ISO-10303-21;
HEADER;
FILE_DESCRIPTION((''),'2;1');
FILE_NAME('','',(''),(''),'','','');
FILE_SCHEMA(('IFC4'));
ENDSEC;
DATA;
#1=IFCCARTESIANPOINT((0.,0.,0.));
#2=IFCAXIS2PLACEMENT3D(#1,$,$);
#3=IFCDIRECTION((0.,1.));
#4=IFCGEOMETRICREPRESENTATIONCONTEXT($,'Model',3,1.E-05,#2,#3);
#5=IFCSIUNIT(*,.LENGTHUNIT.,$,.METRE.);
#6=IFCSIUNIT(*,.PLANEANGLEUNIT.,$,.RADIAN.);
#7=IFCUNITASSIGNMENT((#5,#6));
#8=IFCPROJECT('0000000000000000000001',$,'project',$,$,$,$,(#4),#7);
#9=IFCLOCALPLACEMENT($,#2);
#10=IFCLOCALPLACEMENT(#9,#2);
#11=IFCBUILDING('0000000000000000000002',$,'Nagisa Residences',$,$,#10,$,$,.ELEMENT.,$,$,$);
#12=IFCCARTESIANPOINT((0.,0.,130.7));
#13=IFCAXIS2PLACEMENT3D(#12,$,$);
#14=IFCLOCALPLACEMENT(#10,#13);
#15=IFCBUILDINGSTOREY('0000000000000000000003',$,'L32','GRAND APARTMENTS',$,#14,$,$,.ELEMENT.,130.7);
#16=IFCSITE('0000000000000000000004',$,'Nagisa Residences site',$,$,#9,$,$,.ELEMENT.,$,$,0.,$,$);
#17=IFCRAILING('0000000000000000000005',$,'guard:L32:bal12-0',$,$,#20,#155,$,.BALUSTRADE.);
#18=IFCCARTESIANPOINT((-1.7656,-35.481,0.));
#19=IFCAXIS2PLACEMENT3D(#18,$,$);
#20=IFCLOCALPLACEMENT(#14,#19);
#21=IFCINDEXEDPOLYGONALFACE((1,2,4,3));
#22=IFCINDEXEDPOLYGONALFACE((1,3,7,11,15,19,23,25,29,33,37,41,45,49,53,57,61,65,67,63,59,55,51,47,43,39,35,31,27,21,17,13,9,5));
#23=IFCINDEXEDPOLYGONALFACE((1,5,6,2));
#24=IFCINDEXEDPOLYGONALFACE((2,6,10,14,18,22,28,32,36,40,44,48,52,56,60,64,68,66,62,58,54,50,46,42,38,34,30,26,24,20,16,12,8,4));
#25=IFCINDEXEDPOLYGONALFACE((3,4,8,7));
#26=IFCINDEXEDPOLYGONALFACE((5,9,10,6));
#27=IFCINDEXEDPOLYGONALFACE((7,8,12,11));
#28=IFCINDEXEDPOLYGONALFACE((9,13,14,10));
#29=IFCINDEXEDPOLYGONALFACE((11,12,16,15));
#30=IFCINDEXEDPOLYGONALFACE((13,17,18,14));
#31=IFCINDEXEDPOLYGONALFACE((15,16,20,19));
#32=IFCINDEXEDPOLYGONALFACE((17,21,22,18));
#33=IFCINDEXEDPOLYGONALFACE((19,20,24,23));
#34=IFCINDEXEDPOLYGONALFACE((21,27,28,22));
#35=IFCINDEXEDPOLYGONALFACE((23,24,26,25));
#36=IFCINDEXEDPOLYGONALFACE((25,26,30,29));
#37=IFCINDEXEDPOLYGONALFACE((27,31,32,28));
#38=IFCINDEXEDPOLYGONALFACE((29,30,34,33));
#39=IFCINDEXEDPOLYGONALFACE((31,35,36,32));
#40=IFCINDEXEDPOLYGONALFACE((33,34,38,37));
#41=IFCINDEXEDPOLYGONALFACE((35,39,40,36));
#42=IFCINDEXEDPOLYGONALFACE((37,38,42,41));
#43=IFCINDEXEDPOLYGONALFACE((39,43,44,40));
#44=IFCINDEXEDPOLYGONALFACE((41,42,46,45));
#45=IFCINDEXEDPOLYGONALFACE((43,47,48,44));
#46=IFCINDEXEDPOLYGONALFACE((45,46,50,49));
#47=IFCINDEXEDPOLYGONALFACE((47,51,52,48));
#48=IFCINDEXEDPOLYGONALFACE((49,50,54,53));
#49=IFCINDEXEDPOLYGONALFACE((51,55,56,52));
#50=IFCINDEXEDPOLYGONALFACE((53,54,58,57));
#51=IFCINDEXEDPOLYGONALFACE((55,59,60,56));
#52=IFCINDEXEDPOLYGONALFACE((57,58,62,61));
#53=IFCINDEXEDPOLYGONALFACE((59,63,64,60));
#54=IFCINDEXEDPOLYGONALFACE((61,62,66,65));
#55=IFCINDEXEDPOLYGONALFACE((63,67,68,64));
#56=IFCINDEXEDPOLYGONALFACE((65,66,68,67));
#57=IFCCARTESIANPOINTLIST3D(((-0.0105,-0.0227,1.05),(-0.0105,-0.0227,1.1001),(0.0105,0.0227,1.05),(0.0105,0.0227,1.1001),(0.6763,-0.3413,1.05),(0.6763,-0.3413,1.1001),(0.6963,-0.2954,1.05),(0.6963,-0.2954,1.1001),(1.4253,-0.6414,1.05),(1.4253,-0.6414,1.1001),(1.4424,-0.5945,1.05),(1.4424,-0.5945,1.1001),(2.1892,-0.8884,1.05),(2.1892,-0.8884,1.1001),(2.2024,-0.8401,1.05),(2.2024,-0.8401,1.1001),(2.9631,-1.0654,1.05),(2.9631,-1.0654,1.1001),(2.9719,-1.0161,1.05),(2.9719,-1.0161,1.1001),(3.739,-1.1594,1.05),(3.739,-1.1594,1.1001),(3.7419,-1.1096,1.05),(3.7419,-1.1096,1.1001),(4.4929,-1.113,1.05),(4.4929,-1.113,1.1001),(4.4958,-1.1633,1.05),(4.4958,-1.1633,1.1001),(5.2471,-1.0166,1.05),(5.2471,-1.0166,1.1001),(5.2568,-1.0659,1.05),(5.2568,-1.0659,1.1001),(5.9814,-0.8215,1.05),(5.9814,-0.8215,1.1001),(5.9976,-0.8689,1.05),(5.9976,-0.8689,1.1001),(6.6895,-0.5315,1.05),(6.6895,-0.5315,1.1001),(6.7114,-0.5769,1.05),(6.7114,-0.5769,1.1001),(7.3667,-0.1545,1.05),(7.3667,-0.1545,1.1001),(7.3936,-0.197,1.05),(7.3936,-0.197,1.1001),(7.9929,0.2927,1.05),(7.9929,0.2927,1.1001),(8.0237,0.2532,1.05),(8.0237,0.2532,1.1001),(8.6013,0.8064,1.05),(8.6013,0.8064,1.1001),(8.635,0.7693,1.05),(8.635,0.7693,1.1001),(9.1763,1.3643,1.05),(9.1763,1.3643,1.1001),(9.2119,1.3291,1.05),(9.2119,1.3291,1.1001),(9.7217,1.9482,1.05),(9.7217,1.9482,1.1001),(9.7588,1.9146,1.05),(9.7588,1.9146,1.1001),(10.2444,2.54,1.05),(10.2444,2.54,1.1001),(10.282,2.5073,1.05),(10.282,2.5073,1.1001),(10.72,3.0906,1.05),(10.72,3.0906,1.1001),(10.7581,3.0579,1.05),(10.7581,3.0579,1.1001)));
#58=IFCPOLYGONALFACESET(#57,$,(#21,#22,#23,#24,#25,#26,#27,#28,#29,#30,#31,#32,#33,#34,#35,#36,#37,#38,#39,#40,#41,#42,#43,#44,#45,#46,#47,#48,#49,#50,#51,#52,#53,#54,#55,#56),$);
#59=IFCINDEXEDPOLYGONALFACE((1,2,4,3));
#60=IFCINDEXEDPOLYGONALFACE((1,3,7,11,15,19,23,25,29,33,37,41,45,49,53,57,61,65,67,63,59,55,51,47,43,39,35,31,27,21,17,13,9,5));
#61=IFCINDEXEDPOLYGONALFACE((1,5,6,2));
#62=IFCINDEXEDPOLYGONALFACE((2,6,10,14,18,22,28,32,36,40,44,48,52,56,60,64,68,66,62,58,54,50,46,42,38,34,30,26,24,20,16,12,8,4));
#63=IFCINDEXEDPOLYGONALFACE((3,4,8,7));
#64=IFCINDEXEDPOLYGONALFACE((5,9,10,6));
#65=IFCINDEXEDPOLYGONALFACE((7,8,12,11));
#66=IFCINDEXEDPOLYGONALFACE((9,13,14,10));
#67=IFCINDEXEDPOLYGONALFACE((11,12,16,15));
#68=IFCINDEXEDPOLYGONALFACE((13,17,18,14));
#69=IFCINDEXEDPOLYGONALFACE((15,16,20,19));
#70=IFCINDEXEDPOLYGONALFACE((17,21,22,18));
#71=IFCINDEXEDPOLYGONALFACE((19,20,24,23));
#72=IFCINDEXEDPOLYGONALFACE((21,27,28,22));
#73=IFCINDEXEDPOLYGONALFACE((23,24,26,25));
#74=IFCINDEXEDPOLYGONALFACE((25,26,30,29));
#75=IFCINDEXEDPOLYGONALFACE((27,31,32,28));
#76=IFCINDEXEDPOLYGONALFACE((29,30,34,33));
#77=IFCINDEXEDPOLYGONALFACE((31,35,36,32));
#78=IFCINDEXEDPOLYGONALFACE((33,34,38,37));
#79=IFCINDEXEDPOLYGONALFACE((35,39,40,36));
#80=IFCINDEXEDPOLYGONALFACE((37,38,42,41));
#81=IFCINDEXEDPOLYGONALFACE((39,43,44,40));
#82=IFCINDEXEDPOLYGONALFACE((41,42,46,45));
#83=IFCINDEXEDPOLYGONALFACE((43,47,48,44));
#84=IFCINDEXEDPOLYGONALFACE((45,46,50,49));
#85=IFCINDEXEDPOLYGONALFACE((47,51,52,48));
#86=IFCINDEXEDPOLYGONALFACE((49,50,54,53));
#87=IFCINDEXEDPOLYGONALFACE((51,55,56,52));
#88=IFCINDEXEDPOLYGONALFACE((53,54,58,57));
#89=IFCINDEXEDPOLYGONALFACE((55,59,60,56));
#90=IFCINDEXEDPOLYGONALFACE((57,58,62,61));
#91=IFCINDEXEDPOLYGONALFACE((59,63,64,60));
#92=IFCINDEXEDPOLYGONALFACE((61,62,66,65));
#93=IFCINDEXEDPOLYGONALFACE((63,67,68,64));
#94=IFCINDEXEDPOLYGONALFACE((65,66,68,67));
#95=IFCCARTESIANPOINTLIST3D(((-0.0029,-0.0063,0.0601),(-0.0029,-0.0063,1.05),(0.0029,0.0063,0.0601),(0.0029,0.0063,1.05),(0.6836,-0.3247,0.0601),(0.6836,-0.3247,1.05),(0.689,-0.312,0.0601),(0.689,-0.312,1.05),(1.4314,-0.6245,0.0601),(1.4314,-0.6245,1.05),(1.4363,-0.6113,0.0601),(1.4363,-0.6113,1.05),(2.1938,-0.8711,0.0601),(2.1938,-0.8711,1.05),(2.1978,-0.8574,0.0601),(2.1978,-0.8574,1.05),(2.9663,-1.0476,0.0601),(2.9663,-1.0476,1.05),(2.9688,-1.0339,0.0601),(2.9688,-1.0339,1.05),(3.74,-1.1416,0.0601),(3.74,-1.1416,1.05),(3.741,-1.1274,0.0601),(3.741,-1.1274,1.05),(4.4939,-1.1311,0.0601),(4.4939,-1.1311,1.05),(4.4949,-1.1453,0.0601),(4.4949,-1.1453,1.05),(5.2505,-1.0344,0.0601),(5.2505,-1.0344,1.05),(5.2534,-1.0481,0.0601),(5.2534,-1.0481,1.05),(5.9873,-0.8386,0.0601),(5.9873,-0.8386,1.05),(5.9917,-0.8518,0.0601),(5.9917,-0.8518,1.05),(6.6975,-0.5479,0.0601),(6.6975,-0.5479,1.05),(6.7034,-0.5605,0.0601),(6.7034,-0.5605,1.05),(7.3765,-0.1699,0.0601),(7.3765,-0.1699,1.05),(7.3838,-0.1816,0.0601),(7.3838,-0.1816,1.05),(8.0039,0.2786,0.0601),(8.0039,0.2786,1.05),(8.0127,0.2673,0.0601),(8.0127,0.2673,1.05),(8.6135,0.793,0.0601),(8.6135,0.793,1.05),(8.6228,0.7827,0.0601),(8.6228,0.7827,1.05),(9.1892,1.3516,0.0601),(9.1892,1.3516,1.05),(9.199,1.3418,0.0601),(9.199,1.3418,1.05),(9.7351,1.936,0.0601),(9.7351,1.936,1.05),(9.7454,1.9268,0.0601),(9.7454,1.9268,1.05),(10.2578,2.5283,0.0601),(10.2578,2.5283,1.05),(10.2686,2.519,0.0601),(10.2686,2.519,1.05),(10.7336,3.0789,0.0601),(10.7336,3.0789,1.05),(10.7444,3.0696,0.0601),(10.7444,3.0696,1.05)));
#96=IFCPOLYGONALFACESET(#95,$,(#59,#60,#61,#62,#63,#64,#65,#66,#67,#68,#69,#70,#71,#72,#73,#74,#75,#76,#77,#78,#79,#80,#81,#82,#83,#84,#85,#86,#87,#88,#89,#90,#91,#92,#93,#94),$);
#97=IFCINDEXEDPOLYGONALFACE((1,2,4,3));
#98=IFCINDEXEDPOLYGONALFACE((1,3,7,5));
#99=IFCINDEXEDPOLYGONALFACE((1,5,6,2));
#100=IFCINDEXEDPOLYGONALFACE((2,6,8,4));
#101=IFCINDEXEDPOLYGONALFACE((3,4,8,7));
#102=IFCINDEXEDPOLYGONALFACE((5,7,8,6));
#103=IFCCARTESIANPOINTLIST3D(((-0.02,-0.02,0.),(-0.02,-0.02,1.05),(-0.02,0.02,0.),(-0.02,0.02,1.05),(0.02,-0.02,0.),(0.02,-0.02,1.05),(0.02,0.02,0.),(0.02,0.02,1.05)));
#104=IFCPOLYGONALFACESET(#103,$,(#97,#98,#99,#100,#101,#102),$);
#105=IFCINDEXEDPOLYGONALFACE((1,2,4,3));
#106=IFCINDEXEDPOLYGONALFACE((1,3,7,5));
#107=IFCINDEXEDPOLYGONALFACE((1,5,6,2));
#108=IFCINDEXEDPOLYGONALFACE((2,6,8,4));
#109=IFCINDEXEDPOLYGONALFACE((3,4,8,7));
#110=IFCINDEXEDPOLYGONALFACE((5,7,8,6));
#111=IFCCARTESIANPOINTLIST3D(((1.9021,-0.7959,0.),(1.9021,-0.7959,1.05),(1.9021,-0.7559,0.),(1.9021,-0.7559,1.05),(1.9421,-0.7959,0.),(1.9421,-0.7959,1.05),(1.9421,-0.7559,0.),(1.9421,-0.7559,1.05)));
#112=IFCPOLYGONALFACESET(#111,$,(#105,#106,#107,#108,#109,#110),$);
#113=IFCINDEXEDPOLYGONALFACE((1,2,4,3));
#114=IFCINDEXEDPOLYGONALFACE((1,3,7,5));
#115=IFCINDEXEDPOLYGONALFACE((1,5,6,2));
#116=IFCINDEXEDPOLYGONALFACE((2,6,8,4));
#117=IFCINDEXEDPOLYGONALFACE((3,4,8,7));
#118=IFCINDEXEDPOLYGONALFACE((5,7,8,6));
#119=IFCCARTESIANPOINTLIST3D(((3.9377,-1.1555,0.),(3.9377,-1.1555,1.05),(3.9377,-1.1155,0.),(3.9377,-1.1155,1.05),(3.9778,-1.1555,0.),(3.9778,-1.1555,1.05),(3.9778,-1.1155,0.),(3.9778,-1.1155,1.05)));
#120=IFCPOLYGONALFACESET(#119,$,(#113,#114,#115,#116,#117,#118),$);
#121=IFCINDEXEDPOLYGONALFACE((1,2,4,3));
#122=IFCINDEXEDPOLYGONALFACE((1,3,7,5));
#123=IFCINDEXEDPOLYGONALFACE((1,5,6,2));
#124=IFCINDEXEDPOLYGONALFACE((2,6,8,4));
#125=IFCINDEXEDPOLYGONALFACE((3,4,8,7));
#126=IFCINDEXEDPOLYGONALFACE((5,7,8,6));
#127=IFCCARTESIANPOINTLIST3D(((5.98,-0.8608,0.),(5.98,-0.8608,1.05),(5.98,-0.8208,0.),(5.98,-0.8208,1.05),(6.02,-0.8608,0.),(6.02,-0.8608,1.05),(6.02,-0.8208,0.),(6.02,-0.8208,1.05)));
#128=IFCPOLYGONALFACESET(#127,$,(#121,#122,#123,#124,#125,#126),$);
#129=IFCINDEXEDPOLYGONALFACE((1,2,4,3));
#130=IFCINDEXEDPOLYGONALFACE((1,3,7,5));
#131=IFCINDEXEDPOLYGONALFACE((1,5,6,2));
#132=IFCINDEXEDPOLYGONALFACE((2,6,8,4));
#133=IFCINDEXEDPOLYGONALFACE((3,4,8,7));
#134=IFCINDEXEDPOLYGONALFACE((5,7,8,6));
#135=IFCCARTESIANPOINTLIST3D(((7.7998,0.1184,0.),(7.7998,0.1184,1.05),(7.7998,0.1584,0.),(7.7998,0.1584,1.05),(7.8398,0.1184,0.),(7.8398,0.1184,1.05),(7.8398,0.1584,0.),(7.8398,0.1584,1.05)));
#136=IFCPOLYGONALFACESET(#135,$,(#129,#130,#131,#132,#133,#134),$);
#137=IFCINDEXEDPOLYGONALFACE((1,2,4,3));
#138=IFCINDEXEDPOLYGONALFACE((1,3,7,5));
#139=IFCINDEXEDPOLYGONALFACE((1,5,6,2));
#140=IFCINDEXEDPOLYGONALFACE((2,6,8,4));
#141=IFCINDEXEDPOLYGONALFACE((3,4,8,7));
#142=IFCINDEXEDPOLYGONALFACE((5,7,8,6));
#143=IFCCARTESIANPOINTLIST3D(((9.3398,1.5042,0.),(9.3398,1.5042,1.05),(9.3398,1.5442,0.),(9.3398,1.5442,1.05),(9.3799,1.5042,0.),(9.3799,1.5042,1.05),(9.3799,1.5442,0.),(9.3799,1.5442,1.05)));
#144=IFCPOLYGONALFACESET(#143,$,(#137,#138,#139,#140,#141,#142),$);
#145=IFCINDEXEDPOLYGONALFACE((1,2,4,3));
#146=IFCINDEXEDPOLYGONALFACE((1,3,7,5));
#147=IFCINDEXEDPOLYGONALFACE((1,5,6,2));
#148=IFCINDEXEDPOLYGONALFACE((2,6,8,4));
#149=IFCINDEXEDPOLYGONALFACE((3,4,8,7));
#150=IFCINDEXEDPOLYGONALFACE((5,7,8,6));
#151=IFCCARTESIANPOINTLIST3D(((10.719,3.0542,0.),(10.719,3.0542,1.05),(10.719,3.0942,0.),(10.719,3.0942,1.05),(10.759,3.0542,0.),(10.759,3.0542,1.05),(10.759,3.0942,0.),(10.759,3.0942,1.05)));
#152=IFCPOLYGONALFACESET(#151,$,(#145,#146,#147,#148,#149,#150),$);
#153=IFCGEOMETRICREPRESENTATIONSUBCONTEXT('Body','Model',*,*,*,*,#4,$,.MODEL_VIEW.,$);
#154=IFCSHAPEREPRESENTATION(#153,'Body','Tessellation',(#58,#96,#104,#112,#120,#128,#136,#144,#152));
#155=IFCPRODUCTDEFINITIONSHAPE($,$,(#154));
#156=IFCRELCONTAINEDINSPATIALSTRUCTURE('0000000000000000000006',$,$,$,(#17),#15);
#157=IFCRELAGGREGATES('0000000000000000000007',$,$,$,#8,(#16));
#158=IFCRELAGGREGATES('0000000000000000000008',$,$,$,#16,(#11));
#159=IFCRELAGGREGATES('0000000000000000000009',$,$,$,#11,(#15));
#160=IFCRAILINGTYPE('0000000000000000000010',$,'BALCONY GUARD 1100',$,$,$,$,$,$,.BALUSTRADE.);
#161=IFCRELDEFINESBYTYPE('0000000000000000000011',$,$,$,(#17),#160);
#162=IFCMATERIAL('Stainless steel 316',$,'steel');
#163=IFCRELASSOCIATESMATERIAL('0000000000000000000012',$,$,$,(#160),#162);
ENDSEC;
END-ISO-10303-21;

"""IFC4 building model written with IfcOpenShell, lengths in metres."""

from ifc_helpers import new_model, si_unit, direction, frame, origin, origin_2d, place, context, subcontext, project, spatial, polyline, rectangle, outline, extrude, material, type_object, element, save


model = new_model("IFC4")

# Units and contexts
model_context = context("Model", 3, precision=1e-05, world=origin(), true_north=direction((0.0, 1.0)))
body_context = subcontext(model_context, "Body", "Model", "MODEL_VIEW")
ifc_project = project(units=[si_unit("LENGTHUNIT", "METRE"), si_unit("PLANEANGLEUNIT", "RADIAN")], contexts=[model_context])

# Site, building, storey
site_placement = place(None, origin())
site = spatial("IfcSite", under=ifc_project, at=site_placement, Name="Nagisa Residences site", CompositionType="ELEMENT", RefElevation=0.0)
building_placement = place(site_placement, origin())
building = spatial("IfcBuilding", under=site, at=building_placement, Name="Nagisa Residences", CompositionType="ELEMENT")
storey_placement = place(building_placement, frame((0.0, 0.0, 130.7)))
storey = spatial("IfcBuildingStorey", under=building, at=storey_placement, Name="L32", Description="GRAND APARTMENTS", CompositionType="ELEMENT", Elevation=130.7)

# Railing
ifc_material_1 = material(Name="Stainless steel 316", Category="steel")
railing_type = type_object("IfcRailingType", Name="BALCONY GUARD 1100", PredefinedType="BALUSTRADE", material=ifc_material_1)
railing_1_placement = place(storey_placement, frame((-1.7656, -35.481, 0.0)))
element("IfcRailing", 1, at=railing_1_placement, inside=storey, type_object=railing_type, Name="guard:L32:bal12-0", PredefinedType="BALUSTRADE", context=body_context, shape_type="SweptSolid", body=[
    extrude(outline(polyline([(0.6963, -0.2954), (0.0105, 0.0227), (-0.0105, -0.0227), (0.6763, -0.3413), (1.4253, -0.6414), (2.1892, -0.8884), (2.9631, -1.0654), (3.739, -1.1594), (4.4958, -1.1633), (5.2568, -1.0659), (5.9976, -0.8689), (6.7114, -0.5769), (7.3936, -0.197), (8.0237, 0.2532), (8.635, 0.7693), (9.2119, 1.3291), (9.7588, 1.9146), (10.282, 2.5073), (10.7581, 3.0579), (10.72, 3.0906), (10.2444, 2.54), (9.7217, 1.9482), (9.1763, 1.3643), (8.6013, 0.8064), (7.9929, 0.2927), (7.3667, -0.1545), (6.6895, -0.5315), (5.9814, -0.8215), (5.2471, -1.0166), (4.4929, -1.113), (3.7419, -1.1096), (2.9719, -1.0161), (2.2024, -0.8401), (1.4424, -0.5945), (0.6963, -0.2954)])), frame((0.0, 0.0, 1.05)), (0.0, 0.0, 1.0), 0.05),
    extrude(outline(polyline([(0.689, -0.312), (0.0029, 0.0063), (-0.0029, -0.0063), (0.6836, -0.3247), (1.4314, -0.6245), (2.1938, -0.8711), (2.9663, -1.0476), (3.74, -1.1416), (4.4949, -1.1453), (5.2534, -1.0481), (5.9917, -0.8518), (6.7034, -0.5605), (7.3838, -0.1816), (8.0127, 0.2673), (8.6228, 0.7827), (9.199, 1.3418), (9.7454, 1.9268), (10.2686, 2.519), (10.7444, 3.0696), (10.7336, 3.0789), (10.2578, 2.5283), (9.7351, 1.936), (9.1892, 1.3516), (8.6135, 0.793), (8.0039, 0.2786), (7.3765, -0.1699), (6.6975, -0.5479), (5.9873, -0.8386), (5.2505, -1.0344), (4.4939, -1.1311), (3.741, -1.1274), (2.9688, -1.0339), (2.1978, -0.8574), (1.4363, -0.6113), (0.689, -0.312)])), frame((0.0, 0.0, 0.0601)), (0.0, 0.0, 1.0), 0.99),
    extrude(rectangle(XDim=0.04, YDim=0.04, at=origin_2d()), origin(), (0.0, 0.0, 1.0), 1.05),
    extrude(rectangle(XDim=0.04, YDim=0.04, at=origin_2d()), frame((1.9221, -0.7759, 0.0)), (0.0, 0.0, 1.0), 1.05),
    extrude(rectangle(XDim=0.04, YDim=0.04, at=origin_2d()), frame((3.9578, -1.1355, 0.0)), (0.0, 0.0, 1.0), 1.05),
    extrude(rectangle(XDim=0.04, YDim=0.04, at=origin_2d()), frame((6.0, -0.8408, 0.0)), (0.0, 0.0, 1.0), 1.05),
    extrude(rectangle(XDim=0.04, YDim=0.04, at=origin_2d()), frame((7.8198, 0.1384, 0.0)), (0.0, 0.0, 1.0), 1.05),
    extrude(rectangle(XDim=0.04, YDim=0.04, at=origin_2d()), frame((9.3599, 1.5242, 0.0)), (0.0, 0.0, 1.0), 1.05),
    extrude(rectangle(XDim=0.04, YDim=0.04, at=origin_2d()), frame((10.739, 3.0742, 0.0)), (0.0, 0.0, 1.0), 1.05),
])

save(model, "model.ifc")
